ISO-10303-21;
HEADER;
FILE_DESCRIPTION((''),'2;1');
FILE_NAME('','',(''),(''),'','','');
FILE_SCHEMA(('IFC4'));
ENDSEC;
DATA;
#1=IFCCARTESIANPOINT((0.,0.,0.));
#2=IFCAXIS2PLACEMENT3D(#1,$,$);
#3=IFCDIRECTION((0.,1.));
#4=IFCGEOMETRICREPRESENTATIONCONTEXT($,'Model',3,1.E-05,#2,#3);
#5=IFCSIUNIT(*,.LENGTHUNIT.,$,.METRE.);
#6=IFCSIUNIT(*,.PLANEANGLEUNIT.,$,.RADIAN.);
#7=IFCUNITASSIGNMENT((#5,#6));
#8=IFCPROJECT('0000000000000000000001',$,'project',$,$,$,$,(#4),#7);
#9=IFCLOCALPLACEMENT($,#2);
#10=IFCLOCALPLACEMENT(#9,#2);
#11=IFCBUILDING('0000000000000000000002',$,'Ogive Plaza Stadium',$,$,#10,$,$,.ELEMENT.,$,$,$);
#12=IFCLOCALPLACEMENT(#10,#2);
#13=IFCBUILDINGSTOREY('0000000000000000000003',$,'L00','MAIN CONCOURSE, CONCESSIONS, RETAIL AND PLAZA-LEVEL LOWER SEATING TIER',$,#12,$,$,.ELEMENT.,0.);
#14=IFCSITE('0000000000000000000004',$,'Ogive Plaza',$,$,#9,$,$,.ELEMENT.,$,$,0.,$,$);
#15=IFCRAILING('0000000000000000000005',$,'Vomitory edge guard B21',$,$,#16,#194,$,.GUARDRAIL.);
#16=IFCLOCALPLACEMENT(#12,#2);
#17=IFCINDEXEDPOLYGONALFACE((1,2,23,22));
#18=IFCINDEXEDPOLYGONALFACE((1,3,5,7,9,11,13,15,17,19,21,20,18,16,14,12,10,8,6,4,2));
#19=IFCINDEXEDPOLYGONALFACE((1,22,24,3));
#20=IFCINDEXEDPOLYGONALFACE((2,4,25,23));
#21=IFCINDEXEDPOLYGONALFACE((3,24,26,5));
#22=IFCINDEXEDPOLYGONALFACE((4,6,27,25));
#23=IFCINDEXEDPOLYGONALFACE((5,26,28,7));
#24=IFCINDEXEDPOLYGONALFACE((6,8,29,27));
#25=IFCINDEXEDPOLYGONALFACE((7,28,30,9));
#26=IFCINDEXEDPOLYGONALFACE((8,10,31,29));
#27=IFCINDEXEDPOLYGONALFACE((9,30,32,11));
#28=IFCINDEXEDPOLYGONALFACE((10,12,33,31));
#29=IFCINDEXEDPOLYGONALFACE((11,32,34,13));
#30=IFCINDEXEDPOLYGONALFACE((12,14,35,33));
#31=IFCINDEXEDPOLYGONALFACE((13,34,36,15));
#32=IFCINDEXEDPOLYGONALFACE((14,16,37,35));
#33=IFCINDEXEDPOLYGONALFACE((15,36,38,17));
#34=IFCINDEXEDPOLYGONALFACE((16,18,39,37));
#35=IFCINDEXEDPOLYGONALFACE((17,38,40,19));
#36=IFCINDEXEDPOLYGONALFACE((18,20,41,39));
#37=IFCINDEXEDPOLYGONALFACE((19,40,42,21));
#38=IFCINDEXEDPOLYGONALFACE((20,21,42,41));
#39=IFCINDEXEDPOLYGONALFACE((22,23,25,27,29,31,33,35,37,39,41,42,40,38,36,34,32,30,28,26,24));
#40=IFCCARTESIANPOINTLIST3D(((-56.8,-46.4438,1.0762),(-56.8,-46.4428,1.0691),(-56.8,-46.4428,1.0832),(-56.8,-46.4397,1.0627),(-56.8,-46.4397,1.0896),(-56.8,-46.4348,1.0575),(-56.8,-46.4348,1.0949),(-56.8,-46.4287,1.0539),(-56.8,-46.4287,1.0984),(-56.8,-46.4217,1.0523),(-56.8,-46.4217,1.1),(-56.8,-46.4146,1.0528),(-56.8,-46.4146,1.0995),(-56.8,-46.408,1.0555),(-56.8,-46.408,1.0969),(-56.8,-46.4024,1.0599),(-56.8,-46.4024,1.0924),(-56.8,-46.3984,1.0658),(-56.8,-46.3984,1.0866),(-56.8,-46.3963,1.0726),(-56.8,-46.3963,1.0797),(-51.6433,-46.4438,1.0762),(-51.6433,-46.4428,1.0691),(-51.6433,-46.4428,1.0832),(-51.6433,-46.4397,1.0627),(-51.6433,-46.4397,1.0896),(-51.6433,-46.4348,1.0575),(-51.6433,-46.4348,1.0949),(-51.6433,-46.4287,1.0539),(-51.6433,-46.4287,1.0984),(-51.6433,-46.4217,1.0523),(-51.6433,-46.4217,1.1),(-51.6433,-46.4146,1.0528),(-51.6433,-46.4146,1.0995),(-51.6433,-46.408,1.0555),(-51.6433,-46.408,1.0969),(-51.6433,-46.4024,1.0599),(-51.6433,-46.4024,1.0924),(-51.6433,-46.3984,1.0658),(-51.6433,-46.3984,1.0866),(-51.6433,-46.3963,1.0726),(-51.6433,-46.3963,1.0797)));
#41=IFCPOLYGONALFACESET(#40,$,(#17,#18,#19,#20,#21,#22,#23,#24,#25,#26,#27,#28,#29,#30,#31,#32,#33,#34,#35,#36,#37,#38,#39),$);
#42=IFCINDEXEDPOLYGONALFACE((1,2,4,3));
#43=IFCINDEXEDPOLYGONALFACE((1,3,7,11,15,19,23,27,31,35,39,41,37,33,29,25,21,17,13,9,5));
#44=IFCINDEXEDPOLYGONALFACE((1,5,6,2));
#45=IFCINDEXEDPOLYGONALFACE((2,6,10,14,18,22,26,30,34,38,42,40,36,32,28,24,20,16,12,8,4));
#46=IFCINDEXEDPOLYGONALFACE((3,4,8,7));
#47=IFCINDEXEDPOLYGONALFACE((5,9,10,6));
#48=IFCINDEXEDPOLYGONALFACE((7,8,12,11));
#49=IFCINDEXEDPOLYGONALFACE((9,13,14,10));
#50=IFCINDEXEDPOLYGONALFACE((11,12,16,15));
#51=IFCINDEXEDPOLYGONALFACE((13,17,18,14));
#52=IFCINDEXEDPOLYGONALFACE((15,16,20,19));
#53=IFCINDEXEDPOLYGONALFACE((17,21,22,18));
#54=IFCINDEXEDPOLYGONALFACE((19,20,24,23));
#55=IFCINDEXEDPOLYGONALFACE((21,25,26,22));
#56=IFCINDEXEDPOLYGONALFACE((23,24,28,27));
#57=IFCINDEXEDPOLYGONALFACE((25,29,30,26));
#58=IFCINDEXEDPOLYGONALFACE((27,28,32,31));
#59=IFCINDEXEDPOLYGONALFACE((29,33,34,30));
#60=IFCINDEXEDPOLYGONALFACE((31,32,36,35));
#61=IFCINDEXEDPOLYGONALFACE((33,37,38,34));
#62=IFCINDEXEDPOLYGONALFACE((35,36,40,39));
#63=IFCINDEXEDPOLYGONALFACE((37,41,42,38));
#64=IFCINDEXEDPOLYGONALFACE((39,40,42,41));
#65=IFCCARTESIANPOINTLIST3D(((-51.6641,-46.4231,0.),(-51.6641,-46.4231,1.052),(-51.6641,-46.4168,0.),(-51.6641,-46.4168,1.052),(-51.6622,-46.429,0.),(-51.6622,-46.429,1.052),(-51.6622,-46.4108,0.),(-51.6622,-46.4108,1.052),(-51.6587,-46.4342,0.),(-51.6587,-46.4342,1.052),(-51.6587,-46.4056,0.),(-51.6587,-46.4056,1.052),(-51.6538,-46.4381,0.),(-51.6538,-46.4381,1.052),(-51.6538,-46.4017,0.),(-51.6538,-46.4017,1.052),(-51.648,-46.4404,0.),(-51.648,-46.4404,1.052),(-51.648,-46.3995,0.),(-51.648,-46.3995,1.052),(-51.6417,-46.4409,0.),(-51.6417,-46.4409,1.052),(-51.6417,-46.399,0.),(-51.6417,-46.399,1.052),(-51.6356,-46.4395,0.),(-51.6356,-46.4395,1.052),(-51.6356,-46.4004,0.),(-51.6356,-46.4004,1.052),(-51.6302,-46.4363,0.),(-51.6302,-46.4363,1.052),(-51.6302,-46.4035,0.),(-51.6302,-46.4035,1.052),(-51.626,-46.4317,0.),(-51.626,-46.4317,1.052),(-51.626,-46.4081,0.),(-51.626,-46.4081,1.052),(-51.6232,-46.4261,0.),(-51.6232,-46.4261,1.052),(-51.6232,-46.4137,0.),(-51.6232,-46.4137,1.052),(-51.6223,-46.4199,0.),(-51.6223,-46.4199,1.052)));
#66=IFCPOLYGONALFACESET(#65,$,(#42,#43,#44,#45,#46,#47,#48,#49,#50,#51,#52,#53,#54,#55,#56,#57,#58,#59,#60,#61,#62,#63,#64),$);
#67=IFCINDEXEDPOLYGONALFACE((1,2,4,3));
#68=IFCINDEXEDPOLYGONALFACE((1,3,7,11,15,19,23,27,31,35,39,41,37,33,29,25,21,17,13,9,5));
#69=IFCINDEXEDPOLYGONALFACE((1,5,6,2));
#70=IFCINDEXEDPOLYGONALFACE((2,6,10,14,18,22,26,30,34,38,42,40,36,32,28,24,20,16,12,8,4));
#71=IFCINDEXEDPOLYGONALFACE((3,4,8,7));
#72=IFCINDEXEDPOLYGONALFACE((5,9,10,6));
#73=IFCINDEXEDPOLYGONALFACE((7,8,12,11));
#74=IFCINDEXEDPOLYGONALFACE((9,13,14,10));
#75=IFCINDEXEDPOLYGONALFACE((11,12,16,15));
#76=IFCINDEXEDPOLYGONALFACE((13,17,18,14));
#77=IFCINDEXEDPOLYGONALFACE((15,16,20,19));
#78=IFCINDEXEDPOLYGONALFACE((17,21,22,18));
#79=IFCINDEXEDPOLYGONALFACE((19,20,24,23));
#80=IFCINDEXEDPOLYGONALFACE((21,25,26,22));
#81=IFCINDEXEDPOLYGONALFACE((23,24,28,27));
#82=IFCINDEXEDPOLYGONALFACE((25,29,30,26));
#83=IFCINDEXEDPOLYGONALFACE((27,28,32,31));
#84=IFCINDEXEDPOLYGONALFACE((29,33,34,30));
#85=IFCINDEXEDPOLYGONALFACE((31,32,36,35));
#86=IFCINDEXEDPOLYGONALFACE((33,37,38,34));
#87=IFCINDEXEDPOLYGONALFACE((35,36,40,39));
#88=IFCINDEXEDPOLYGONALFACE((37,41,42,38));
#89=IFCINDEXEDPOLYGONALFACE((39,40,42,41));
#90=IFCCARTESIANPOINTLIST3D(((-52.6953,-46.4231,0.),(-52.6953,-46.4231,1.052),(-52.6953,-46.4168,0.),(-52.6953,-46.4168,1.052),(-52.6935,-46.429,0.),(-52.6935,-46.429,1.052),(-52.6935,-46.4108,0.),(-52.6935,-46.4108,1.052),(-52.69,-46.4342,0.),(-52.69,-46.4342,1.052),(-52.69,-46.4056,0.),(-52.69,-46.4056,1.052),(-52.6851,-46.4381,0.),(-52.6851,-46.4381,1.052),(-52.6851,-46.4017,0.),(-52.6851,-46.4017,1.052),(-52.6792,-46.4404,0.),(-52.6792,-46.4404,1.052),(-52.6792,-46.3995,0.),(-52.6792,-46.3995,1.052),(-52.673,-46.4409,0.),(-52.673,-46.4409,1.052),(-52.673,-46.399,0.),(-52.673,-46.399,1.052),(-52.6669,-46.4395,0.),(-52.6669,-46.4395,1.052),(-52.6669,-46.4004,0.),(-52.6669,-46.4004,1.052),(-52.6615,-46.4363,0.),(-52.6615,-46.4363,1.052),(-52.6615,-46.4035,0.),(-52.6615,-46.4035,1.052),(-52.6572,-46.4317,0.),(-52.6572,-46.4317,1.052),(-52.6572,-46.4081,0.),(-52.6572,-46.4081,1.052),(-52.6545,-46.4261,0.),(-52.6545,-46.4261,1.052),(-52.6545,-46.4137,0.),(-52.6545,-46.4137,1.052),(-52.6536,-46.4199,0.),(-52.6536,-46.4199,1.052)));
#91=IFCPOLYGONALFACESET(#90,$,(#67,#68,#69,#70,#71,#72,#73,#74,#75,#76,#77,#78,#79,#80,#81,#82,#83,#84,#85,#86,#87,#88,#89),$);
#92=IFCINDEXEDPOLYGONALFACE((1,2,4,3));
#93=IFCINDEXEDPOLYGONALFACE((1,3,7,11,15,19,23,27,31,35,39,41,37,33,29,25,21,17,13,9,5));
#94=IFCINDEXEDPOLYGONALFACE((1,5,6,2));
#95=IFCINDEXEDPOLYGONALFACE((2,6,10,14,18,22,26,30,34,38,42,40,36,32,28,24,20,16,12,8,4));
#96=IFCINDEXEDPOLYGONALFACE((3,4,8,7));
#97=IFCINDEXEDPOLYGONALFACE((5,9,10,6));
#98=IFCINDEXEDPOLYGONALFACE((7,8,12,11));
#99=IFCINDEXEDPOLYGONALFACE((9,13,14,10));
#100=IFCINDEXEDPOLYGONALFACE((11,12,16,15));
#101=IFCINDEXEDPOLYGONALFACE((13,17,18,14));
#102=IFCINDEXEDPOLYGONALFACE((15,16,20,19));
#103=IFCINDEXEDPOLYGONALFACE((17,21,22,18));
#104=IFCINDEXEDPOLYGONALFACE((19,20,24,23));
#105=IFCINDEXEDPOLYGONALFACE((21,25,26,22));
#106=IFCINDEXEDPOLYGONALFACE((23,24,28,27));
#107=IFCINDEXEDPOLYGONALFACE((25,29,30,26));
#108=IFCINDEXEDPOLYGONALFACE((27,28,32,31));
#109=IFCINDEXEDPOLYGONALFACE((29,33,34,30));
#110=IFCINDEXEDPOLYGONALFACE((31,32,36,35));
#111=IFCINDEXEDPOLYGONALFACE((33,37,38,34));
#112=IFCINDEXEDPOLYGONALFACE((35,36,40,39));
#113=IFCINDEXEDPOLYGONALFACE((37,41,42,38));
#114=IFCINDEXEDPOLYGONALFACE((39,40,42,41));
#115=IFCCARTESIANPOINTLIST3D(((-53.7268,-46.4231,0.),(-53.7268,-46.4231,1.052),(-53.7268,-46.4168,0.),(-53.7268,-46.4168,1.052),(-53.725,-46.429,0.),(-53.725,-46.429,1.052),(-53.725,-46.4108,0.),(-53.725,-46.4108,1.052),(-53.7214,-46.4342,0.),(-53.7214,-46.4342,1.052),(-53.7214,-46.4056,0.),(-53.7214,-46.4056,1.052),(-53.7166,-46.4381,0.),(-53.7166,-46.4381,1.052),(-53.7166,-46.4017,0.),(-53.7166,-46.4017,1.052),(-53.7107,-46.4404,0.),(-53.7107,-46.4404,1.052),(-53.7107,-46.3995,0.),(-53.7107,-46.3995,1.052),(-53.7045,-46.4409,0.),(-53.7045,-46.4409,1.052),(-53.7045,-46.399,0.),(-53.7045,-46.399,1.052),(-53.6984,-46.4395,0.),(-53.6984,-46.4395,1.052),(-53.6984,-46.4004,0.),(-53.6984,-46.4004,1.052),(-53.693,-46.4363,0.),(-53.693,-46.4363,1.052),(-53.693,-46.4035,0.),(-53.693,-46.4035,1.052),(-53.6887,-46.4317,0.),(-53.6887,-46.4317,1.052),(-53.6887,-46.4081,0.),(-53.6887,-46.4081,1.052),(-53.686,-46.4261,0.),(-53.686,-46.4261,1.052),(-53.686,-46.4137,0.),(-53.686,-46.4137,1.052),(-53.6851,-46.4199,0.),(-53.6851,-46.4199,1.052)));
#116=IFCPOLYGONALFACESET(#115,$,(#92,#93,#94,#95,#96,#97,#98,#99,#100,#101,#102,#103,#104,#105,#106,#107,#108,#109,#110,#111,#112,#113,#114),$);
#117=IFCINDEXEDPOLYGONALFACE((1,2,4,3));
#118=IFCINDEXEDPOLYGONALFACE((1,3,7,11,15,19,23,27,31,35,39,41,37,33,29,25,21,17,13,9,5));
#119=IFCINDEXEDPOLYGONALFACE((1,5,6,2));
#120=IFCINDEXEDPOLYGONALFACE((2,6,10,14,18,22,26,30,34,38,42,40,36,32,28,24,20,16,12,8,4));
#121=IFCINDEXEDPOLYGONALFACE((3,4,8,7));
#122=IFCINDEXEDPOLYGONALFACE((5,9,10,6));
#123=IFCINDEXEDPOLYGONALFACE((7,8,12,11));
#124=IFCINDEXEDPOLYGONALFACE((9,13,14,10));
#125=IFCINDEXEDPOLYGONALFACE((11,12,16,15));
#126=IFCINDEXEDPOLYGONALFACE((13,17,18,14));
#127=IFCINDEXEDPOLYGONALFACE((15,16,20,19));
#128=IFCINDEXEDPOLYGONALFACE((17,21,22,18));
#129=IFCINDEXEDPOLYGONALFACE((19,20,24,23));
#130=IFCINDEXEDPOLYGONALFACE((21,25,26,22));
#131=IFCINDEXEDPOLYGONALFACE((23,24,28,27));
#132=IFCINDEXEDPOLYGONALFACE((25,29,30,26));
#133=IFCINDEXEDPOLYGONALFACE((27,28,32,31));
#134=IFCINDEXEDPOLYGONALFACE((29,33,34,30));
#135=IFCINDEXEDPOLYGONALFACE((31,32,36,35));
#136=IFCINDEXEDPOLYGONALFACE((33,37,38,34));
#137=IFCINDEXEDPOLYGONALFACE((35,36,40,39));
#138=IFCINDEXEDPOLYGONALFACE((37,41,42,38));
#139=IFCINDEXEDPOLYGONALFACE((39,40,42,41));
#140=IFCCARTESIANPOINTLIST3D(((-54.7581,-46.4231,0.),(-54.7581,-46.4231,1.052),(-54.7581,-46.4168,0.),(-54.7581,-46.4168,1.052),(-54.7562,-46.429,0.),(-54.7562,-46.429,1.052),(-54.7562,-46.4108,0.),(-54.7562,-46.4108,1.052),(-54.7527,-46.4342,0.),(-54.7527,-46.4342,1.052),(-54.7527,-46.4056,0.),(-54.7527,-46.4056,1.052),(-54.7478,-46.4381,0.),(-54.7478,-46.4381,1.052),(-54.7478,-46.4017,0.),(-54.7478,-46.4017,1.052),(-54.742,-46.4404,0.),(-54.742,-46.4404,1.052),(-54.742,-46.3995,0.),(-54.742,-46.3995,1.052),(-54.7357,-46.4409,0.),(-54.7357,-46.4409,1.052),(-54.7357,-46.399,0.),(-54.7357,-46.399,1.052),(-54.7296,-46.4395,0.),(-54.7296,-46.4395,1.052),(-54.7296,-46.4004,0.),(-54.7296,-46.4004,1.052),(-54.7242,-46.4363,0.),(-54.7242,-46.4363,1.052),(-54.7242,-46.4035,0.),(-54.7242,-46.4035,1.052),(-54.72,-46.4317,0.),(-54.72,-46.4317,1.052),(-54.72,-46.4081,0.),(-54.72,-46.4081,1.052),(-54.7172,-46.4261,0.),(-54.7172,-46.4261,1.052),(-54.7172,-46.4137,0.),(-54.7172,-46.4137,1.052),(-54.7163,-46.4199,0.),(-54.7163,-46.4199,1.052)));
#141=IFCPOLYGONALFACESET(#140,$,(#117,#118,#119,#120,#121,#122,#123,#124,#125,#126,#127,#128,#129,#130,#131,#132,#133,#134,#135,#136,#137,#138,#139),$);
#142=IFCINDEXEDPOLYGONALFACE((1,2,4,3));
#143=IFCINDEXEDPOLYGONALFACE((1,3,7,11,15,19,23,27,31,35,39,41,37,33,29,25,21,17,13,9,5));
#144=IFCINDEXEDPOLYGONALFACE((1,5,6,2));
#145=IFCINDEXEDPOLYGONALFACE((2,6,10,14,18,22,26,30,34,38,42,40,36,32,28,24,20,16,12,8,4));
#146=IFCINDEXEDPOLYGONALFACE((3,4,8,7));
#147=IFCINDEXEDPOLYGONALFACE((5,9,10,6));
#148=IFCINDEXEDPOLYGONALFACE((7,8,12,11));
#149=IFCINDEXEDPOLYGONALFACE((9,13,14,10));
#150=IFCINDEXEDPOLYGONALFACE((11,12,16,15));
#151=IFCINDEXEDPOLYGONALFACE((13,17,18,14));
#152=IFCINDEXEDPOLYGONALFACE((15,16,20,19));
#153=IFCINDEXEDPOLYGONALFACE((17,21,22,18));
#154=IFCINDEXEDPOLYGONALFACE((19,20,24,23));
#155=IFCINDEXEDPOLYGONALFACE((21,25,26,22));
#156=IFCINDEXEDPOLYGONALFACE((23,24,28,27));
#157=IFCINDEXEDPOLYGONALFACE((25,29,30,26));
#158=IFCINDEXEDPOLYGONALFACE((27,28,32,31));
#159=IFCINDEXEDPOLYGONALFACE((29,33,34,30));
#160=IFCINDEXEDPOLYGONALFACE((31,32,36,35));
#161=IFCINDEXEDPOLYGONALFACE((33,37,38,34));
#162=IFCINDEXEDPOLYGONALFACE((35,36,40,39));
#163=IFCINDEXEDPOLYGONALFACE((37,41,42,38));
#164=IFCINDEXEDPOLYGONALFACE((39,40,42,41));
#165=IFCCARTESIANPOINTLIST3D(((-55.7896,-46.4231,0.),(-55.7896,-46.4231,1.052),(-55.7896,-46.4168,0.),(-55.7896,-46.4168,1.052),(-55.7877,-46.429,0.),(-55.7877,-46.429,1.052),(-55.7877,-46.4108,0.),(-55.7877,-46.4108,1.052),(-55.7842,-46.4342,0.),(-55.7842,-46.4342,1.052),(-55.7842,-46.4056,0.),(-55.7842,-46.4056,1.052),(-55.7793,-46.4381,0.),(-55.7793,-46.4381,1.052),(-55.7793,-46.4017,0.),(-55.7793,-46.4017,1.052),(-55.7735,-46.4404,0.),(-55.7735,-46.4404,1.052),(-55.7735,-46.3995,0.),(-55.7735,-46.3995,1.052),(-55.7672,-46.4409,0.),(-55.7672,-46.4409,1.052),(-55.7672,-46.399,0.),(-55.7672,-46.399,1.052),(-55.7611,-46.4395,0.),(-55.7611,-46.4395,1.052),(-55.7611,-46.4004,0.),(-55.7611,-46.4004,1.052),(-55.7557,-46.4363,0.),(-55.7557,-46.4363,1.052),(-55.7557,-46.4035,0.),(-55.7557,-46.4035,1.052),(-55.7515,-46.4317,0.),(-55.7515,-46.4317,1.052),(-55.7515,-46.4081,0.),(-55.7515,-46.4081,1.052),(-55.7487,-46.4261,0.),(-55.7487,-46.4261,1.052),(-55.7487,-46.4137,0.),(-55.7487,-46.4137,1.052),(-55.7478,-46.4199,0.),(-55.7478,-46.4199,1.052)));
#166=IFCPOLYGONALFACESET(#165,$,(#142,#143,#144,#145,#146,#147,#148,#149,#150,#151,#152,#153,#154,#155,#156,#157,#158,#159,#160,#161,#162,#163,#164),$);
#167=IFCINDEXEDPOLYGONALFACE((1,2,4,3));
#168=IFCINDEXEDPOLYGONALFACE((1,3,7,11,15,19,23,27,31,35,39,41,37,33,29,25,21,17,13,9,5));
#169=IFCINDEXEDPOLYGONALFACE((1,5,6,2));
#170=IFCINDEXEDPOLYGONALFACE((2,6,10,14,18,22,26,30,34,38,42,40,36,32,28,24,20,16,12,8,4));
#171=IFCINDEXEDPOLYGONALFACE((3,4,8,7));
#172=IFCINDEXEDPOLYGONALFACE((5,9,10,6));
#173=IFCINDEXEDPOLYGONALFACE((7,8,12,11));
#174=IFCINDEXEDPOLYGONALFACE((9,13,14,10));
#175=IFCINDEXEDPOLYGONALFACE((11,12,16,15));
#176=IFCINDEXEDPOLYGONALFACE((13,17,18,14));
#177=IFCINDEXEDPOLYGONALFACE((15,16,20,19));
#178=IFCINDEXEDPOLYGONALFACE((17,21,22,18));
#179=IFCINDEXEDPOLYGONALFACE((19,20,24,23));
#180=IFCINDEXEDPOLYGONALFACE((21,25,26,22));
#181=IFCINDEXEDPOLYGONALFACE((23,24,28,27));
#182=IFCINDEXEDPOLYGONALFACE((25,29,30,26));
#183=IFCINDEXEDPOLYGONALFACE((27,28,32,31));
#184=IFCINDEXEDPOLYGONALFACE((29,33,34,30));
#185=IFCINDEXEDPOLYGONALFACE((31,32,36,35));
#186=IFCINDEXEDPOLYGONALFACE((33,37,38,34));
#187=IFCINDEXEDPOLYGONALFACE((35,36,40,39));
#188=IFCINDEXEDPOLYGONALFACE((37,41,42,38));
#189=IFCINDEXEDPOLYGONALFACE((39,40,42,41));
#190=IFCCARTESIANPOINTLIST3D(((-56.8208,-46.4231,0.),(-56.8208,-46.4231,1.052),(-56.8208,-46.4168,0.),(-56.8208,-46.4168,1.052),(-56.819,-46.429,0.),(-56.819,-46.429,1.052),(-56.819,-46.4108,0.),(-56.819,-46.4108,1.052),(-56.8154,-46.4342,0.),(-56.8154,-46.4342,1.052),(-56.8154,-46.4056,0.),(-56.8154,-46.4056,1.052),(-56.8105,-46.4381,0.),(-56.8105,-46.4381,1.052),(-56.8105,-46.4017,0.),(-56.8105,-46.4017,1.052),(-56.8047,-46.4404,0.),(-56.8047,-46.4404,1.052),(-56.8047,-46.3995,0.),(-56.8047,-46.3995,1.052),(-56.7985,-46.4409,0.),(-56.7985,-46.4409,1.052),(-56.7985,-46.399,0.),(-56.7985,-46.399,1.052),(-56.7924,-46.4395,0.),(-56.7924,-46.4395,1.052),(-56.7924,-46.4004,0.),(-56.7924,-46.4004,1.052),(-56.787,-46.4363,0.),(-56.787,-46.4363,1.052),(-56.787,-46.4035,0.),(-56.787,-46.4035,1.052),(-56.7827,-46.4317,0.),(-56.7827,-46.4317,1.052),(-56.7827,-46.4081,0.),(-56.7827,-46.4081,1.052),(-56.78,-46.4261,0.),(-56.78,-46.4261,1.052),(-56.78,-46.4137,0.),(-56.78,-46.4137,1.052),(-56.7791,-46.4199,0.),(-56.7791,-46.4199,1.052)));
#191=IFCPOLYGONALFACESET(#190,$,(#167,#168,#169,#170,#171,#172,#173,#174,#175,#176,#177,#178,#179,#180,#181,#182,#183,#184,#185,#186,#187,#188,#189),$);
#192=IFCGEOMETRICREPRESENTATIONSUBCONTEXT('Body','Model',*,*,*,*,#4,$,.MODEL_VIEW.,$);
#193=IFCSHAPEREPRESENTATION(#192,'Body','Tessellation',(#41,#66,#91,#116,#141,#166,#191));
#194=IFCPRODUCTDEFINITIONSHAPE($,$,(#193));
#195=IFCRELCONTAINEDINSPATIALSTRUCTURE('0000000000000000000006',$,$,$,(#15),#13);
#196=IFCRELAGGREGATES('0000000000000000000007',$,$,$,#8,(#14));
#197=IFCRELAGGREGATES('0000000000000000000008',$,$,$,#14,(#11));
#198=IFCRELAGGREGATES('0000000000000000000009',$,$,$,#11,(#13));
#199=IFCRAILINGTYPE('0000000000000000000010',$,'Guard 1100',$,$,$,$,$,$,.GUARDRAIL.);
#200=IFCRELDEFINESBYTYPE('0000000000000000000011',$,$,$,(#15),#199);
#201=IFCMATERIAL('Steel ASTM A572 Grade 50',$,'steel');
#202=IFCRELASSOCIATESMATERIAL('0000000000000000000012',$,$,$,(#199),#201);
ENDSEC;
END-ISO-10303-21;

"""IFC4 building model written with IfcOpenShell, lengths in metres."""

from ifc_helpers import new_model, si_unit, direction, frame, origin, origin_2d, place, context, subcontext, project, spatial, circle, extrude, material, type_object, element, save


model = new_model("IFC4")

# Units and contexts
model_context = context("Model", 3, precision=1e-05, world=origin(), true_north=direction((0.0, 1.0)))
body_context = subcontext(model_context, "Body", "Model", "MODEL_VIEW")
ifc_project = project(units=[si_unit("LENGTHUNIT", "METRE"), si_unit("PLANEANGLEUNIT", "RADIAN")], contexts=[model_context])

# Site, building, storey
site_placement = place(None, origin())
site = spatial("IfcSite", under=ifc_project, at=site_placement, Name="Ogive Plaza", CompositionType="ELEMENT", RefElevation=0.0)
building_placement = place(site_placement, origin())
building = spatial("IfcBuilding", under=site, at=building_placement, Name="Ogive Plaza Stadium", CompositionType="ELEMENT")
storey_placement = place(building_placement, origin())
storey = spatial("IfcBuildingStorey", under=building, at=storey_placement, Name="L00", Description="MAIN CONCOURSE, CONCESSIONS, RETAIL AND PLAZA-LEVEL LOWER SEATING TIER", CompositionType="ELEMENT", Elevation=0.0)

# Railing
ifc_material_1 = material(Name="Steel ASTM A572 Grade 50", Category="steel")
railing_type = type_object("IfcRailingType", Name="Guard 1100", PredefinedType="GUARDRAIL", material=ifc_material_1)
for number, where, name in (
    (1, (-51.6433, -46.4199, 0.0), "Vomitory edge guard B21"),
):
    element("IfcRailing", number, at=place(storey_placement, frame(where)), inside=storey, type_object=railing_type, Name=name, PredefinedType="GUARDRAIL", context=body_context, shape_type="SweptSolid", body=[
        extrude(circle(Radius=0.0239, at=origin_2d()), frame((0.0, 0.0, 1.0762), z_axis=(-1.0, 0.0, 0.0), x_axis=(0.0, -1.0, 0.0)), (0.0, 0.0, 1.0), 5.1567),
        extrude(circle(Radius=0.021, at=origin_2d()), origin(), (0.0, 0.0, 1.0), 1.052),
        extrude(circle(Radius=0.021, at=origin_2d()), frame((-1.0312, 0.0, 0.0)), (0.0, 0.0, 1.0), 1.052),
        extrude(circle(Radius=0.021, at=origin_2d()), frame((-2.0627, 0.0, 0.0)), (0.0, 0.0, 1.0), 1.052),
        extrude(circle(Radius=0.021, at=origin_2d()), frame((-3.094, 0.0, 0.0)), (0.0, 0.0, 1.0), 1.052),
        extrude(circle(Radius=0.021, at=origin_2d()), frame((-4.1255, 0.0, 0.0)), (0.0, 0.0, 1.0), 1.052),
        extrude(circle(Radius=0.021, at=origin_2d()), frame((-5.1567, 0.0, 0.0)), (0.0, 0.0, 1.0), 1.052),
    ])

save(model, "model.ifc")
